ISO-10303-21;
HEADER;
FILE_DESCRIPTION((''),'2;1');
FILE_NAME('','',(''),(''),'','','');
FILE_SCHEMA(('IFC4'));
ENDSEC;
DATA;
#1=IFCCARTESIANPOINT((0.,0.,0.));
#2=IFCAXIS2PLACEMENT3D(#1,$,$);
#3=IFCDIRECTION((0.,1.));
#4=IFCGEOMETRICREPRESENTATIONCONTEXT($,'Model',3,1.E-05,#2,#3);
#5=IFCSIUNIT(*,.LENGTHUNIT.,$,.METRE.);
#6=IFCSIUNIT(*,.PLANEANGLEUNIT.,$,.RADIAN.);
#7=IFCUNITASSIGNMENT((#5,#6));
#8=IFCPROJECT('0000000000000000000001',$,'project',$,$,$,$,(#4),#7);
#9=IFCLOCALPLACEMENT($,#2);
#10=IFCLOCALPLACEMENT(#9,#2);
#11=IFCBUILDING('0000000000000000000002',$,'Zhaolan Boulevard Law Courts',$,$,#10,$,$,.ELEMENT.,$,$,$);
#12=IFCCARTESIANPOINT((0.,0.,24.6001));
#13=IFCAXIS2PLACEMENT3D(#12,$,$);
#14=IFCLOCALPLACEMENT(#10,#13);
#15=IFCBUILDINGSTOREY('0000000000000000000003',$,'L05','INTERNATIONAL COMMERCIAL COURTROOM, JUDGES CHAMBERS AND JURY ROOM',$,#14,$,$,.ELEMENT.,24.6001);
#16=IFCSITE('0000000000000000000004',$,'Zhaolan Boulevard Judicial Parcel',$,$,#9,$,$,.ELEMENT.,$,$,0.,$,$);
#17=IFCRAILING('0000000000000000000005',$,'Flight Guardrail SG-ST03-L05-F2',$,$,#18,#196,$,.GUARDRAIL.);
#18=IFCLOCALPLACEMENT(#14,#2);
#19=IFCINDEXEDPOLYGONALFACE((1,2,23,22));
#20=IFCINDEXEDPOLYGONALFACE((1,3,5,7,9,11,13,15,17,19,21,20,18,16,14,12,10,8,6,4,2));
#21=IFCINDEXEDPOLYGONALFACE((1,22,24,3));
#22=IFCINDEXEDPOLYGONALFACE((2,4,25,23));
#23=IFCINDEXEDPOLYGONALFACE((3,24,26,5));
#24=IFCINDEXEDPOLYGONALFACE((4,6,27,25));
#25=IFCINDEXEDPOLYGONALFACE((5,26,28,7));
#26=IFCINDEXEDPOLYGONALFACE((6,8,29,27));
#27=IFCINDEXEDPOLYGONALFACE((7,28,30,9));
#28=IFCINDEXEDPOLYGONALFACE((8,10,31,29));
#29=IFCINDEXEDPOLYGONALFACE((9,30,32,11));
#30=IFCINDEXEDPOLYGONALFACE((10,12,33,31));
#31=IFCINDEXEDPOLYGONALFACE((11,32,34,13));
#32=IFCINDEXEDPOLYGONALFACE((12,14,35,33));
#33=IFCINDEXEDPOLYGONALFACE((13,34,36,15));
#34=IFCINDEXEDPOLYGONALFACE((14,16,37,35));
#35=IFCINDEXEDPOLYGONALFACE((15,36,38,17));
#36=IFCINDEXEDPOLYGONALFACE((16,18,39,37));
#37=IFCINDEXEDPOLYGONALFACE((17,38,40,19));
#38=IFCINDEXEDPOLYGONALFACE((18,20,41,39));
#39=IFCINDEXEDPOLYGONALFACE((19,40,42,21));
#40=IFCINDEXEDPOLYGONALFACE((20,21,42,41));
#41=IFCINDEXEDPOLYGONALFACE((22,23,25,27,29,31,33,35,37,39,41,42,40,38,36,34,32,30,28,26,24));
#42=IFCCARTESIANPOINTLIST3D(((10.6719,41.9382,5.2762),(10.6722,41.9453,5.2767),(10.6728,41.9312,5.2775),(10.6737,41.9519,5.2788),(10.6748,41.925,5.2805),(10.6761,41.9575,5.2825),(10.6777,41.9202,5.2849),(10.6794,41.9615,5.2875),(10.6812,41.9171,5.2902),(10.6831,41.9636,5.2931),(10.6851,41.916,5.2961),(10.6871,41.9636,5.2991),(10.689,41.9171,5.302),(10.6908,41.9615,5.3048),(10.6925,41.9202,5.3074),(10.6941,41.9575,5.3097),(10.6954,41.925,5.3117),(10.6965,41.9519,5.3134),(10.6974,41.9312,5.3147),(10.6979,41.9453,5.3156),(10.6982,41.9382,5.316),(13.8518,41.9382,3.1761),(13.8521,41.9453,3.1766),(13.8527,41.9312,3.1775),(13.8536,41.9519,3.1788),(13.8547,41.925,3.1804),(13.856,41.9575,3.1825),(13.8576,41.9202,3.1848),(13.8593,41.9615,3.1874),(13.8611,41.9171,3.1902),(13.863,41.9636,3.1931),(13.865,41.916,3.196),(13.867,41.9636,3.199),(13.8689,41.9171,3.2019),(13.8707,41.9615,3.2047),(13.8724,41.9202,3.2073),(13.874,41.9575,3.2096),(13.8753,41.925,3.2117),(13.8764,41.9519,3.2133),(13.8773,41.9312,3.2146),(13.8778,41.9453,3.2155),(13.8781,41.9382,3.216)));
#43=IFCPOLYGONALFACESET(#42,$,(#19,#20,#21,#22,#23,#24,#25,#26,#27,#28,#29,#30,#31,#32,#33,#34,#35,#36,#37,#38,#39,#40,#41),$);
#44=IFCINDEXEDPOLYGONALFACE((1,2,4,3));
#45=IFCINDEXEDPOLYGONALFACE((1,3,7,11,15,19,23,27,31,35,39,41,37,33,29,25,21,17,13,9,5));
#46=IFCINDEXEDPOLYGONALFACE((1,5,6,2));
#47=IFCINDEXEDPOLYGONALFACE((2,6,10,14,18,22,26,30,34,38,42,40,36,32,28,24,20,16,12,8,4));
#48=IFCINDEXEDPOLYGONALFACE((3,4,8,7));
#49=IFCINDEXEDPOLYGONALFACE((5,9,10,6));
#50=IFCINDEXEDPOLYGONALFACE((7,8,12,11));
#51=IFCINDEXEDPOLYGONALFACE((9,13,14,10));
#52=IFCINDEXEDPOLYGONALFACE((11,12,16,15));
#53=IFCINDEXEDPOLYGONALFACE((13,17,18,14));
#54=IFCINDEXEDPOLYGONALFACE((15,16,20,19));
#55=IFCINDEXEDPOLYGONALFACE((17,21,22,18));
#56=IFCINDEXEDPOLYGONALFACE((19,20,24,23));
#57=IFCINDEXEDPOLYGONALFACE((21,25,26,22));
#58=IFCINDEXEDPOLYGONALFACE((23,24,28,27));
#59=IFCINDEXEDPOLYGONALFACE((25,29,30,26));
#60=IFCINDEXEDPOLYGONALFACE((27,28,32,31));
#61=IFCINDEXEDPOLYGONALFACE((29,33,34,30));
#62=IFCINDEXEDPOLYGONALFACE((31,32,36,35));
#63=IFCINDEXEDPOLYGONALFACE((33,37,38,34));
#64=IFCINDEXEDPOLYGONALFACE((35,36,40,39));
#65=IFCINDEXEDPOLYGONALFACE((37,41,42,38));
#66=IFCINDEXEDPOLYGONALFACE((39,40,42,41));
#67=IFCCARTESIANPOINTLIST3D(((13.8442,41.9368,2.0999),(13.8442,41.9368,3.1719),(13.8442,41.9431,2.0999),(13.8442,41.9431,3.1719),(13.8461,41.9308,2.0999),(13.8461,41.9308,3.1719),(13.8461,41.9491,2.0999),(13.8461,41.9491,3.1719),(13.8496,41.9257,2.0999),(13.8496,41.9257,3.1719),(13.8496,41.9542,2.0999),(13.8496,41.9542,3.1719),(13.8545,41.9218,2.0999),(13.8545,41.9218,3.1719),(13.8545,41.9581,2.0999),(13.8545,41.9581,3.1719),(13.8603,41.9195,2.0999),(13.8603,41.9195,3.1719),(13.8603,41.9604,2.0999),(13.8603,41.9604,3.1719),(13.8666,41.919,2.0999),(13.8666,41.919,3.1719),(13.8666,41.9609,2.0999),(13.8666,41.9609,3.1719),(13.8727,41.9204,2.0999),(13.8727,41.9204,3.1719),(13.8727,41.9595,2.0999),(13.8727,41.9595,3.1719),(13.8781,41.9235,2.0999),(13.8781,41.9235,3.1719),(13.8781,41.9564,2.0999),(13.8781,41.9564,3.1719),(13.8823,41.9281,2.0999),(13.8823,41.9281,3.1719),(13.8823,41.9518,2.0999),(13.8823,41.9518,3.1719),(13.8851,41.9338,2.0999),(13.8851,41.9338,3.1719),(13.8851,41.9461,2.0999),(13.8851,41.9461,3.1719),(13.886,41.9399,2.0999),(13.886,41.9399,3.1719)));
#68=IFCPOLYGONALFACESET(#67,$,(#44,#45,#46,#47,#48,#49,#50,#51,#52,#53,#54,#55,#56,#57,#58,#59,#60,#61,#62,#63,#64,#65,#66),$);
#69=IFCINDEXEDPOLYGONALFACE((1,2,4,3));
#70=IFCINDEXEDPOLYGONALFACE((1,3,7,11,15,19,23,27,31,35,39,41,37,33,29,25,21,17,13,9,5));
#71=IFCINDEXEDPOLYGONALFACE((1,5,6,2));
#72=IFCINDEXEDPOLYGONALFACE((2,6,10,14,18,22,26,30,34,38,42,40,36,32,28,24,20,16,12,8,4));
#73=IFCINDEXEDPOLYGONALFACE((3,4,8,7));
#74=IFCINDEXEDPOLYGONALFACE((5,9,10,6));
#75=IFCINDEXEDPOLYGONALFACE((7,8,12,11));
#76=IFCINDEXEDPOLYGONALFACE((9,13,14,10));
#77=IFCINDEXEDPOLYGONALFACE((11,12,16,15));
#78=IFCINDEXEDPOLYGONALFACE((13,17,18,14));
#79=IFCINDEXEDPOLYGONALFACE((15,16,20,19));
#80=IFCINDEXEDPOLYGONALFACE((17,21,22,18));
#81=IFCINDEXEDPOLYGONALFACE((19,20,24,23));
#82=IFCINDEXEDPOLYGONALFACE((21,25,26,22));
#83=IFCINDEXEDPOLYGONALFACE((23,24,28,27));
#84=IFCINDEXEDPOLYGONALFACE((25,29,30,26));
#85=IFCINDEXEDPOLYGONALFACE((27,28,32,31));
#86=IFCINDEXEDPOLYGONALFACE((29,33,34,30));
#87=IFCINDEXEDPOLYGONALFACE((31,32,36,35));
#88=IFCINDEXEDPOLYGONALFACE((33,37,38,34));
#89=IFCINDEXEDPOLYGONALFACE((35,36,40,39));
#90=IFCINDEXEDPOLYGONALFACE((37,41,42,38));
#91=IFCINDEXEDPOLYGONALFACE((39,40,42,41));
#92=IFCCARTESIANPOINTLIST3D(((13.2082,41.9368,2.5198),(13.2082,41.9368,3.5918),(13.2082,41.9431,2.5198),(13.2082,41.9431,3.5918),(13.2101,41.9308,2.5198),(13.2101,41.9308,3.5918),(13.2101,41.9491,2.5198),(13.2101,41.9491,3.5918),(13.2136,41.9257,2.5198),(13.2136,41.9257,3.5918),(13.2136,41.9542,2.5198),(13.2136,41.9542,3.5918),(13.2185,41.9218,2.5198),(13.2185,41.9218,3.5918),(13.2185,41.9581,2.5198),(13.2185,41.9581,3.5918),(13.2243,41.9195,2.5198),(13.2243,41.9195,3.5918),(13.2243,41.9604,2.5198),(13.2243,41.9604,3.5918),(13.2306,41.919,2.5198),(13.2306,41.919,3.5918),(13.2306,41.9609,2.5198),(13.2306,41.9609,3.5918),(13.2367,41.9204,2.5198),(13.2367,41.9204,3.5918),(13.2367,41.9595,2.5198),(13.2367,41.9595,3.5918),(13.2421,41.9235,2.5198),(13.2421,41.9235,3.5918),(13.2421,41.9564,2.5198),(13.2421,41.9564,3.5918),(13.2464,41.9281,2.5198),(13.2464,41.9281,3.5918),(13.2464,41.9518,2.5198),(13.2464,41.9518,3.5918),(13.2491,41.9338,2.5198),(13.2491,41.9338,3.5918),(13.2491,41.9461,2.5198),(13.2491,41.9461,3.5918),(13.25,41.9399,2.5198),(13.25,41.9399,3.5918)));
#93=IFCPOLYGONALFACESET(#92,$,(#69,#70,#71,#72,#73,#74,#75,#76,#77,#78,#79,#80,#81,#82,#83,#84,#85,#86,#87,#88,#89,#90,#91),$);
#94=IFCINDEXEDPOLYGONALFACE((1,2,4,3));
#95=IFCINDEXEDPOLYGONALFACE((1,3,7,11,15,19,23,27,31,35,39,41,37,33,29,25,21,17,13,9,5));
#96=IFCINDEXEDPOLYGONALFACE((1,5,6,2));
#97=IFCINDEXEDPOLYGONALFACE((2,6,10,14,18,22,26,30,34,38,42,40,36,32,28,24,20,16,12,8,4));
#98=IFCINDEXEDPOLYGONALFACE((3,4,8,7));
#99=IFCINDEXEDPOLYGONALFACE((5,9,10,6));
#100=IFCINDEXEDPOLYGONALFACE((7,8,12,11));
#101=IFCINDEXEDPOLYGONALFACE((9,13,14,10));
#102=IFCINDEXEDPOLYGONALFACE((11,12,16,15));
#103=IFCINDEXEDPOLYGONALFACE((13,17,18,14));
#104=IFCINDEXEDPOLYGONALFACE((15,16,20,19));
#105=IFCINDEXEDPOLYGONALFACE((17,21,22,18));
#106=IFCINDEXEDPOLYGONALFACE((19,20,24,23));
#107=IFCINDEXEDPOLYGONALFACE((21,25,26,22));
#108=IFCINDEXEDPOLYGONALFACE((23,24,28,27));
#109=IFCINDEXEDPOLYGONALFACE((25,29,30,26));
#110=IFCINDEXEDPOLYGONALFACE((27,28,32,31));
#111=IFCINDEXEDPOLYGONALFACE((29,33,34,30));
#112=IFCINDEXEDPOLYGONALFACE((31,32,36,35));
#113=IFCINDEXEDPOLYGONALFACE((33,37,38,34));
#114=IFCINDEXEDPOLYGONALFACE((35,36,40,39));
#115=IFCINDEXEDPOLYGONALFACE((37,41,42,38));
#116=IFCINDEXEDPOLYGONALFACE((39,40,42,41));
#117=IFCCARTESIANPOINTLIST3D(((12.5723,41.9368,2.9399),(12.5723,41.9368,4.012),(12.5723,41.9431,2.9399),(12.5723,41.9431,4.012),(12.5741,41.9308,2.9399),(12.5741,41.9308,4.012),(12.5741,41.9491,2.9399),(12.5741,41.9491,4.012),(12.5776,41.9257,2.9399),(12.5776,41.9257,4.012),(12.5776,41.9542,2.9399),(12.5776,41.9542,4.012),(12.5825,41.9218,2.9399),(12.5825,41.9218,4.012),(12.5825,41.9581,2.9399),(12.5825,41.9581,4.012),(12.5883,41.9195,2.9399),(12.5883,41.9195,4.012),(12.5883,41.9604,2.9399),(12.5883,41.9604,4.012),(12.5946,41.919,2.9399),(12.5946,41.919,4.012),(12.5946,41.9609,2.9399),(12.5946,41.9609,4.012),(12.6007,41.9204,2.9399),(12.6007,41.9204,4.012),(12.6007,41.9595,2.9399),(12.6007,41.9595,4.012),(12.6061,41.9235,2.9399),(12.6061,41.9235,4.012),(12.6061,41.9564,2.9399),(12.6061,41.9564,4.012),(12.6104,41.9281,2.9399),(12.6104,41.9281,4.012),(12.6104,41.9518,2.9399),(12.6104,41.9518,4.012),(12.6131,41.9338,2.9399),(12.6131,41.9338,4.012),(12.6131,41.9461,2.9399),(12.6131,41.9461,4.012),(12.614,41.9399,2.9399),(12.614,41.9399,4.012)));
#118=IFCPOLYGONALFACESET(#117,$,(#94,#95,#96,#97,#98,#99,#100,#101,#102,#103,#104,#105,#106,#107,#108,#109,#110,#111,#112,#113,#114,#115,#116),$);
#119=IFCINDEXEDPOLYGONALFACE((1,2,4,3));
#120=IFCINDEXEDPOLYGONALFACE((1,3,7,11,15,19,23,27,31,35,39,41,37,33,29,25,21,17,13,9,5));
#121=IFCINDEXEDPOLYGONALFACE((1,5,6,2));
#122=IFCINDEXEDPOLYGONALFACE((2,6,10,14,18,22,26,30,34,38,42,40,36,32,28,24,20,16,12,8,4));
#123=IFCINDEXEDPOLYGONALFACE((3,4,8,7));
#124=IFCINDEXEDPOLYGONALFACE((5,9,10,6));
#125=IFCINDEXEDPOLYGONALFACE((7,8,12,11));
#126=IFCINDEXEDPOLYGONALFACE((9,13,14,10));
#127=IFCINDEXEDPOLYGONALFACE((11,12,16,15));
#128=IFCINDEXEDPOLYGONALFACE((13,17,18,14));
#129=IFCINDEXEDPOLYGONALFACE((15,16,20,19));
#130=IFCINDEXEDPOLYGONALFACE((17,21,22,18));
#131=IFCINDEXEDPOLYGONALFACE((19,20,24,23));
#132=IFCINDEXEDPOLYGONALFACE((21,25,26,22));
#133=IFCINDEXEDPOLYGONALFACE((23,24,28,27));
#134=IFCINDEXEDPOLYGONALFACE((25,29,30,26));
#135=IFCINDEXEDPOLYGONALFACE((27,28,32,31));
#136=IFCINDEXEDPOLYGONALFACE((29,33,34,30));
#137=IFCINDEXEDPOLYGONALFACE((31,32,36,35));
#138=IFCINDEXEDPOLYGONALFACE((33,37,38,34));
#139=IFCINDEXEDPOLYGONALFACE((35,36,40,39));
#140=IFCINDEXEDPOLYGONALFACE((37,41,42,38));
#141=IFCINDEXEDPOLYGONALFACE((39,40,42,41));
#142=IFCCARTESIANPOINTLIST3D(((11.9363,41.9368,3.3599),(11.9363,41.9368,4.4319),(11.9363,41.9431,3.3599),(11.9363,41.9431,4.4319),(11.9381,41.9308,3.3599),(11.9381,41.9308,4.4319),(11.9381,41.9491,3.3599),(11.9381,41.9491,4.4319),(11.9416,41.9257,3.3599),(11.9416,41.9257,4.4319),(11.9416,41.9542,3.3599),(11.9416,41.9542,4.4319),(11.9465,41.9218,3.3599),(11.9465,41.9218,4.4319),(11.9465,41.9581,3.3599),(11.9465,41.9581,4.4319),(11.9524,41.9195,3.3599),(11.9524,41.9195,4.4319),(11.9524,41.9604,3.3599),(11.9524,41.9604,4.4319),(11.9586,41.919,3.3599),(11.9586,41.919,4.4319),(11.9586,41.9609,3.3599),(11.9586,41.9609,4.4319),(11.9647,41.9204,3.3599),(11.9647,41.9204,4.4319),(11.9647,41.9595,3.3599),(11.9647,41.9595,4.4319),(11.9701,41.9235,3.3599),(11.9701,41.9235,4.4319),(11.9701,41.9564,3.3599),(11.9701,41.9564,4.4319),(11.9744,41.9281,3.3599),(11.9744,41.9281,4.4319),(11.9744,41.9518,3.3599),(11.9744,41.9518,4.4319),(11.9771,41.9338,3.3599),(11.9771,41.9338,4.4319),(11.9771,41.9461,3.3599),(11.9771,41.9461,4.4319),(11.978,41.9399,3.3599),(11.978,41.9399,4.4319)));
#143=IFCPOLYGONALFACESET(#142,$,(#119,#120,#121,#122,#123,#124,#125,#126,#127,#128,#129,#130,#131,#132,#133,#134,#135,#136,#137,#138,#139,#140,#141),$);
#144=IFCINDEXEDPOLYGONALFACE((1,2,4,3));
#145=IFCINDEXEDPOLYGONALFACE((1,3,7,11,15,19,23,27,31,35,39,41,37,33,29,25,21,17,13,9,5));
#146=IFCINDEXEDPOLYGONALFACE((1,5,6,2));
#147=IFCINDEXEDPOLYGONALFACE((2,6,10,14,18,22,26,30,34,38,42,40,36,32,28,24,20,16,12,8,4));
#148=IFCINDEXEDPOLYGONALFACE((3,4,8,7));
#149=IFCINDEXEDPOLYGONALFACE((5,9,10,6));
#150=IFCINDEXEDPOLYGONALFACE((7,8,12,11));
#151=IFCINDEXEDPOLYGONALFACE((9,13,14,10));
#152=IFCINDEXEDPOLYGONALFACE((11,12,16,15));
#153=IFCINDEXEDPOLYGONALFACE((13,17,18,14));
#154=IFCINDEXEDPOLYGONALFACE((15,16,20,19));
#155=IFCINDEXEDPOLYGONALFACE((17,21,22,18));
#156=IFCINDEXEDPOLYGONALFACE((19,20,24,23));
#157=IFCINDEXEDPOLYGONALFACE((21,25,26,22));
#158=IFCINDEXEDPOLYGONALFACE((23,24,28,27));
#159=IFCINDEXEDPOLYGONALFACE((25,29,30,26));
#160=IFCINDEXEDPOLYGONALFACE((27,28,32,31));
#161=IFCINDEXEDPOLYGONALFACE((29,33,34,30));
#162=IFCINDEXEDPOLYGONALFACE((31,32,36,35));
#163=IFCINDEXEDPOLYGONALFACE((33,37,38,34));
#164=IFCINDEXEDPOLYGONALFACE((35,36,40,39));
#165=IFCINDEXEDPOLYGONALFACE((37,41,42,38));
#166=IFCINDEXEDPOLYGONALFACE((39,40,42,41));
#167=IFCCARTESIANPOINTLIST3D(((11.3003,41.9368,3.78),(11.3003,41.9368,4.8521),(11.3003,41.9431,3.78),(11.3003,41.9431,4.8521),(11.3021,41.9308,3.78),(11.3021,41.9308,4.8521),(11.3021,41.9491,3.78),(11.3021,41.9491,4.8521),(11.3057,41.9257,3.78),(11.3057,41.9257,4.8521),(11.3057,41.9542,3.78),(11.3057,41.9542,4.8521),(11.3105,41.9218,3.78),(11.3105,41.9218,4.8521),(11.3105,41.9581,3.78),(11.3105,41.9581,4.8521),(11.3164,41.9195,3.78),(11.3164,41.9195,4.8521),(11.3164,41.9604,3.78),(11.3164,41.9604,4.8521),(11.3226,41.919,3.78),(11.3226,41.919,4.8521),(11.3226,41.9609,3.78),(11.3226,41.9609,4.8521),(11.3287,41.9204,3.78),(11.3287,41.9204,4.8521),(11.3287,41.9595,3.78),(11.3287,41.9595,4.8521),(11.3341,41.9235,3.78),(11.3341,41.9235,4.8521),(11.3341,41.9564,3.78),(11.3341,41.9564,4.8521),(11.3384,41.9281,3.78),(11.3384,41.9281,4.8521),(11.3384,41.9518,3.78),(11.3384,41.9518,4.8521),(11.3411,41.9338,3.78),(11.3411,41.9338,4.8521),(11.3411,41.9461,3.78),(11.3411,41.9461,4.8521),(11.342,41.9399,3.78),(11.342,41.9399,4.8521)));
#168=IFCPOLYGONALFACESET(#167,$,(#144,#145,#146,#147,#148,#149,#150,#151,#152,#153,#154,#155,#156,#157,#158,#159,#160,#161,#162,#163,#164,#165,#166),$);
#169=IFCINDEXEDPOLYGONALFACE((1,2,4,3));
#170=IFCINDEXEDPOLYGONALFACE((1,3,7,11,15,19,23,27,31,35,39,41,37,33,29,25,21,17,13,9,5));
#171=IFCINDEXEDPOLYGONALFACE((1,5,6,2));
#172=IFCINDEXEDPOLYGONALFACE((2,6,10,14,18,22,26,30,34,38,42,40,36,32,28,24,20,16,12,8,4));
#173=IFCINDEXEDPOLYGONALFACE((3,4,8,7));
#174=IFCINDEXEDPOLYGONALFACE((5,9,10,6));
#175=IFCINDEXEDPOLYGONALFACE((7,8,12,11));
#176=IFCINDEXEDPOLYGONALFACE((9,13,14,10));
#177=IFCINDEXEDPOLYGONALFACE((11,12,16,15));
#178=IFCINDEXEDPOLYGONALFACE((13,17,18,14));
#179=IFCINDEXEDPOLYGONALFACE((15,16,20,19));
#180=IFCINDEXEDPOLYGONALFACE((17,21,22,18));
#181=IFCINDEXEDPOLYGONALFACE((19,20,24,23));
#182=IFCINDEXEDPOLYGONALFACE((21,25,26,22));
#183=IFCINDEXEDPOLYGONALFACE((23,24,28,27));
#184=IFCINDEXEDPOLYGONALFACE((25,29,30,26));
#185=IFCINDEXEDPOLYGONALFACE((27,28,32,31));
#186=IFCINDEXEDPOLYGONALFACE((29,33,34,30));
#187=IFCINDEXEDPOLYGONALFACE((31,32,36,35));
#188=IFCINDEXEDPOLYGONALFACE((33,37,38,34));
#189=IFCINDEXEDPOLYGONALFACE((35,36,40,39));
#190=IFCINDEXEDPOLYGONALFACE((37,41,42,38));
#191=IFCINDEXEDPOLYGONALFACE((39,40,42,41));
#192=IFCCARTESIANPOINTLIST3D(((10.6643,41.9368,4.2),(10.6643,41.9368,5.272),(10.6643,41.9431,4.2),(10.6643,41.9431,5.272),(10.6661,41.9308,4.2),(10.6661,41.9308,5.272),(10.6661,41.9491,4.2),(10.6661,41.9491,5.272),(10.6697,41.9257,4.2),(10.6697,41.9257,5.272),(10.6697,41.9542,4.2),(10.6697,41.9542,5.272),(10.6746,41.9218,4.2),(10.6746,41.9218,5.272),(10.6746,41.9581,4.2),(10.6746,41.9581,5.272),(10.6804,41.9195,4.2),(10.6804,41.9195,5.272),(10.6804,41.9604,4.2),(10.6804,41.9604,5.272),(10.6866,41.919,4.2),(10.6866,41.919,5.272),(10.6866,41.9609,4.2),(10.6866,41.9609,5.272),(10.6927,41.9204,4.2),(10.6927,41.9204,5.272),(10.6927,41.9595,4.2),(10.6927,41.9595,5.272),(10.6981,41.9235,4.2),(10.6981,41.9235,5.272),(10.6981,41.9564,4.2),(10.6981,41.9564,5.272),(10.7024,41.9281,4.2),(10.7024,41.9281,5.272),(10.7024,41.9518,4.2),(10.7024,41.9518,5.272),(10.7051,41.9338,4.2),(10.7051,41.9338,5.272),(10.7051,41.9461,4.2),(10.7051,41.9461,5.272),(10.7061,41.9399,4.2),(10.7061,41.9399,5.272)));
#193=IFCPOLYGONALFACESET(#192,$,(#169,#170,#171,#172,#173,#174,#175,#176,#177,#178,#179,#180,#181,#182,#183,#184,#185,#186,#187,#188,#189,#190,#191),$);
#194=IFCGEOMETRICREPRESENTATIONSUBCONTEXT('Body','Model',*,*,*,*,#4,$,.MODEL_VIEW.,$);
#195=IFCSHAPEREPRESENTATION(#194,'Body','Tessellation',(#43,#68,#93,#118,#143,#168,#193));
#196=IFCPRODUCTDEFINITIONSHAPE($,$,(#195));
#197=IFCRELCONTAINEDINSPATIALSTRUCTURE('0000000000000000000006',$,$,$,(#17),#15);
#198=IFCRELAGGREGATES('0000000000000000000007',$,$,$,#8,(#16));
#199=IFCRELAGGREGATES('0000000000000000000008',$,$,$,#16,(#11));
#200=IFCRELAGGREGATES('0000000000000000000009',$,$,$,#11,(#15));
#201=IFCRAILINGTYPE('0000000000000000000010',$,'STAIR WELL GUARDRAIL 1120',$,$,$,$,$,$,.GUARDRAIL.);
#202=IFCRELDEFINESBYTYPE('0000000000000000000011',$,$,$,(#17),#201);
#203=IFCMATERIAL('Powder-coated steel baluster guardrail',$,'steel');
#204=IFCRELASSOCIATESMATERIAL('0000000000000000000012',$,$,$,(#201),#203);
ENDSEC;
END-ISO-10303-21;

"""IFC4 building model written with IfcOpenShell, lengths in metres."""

from ifc_helpers import new_model, si_unit, direction, frame, origin, origin_2d, place, context, subcontext, project, spatial, circle, extrude, material, type_object, element, save


model = new_model("IFC4")

# Units and contexts
model_context = context("Model", 3, precision=1e-05, world=origin(), true_north=direction((0.0, 1.0)))
body_context = subcontext(model_context, "Body", "Model", "MODEL_VIEW")
ifc_project = project(units=[si_unit("LENGTHUNIT", "METRE"), si_unit("PLANEANGLEUNIT", "RADIAN")], contexts=[model_context])

# Site, building, storey
site_placement = place(None, origin())
site = spatial("IfcSite", under=ifc_project, at=site_placement, Name="Zhaolan Boulevard Judicial Parcel", CompositionType="ELEMENT", RefElevation=0.0)
building_placement = place(site_placement, origin())
building = spatial("IfcBuilding", under=site, at=building_placement, Name="Zhaolan Boulevard Law Courts", CompositionType="ELEMENT")
storey_placement = place(building_placement, frame((0.0, 0.0, 24.6001)))
storey = spatial("IfcBuildingStorey", under=building, at=storey_placement, Name="L05", Description="INTERNATIONAL COMMERCIAL COURTROOM, JUDGES CHAMBERS AND JURY ROOM", CompositionType="ELEMENT", Elevation=24.6001)

# Railing
ifc_material_1 = material(Name="Powder-coated steel baluster guardrail", Category="steel")
railing_type_1 = type_object("IfcRailingType", Name="STAIR WELL GUARDRAIL 1120", PredefinedType="GUARDRAIL", material=ifc_material_1)
railing_1_placement = place(storey_placement, frame((13.865, 41.9399, 2.0999)))
element("IfcRailing", 1, at=railing_1_placement, inside=storey, type_object=railing_type_1, Name="Flight Guardrail SG-ST03-L05-F2", PredefinedType="GUARDRAIL", context=body_context, shape_type="SweptSolid", body=[
    extrude(circle(Radius=0.0239, at=origin_2d()), frame((0.0, 0.0, 1.0962), z_axis=(-0.834447, 0.0, 0.551088), x_axis=(0.0, -1.0, 0.0)), (0.0, 0.0, 1.0), 3.8108),
    extrude(circle(Radius=0.021, at=origin_2d()), origin(), (0.0, 0.0, 1.0), 1.072),
    extrude(circle(Radius=0.021, at=origin_2d()), frame((-0.636, 0.0, 0.4199)), (0.0, 0.0, 1.0), 1.072),
    extrude(circle(Radius=0.021, at=origin_2d()), frame((-1.272, 0.0, 0.8401)), (0.0, 0.0, 1.0), 1.072),
    extrude(circle(Radius=0.021, at=origin_2d()), frame((-1.908, 0.0, 1.26)), (0.0, 0.0, 1.0), 1.072),
    extrude(circle(Radius=0.021, at=origin_2d()), frame((-2.5439, 0.0, 1.6802)), (0.0, 0.0, 1.0), 1.072),
    extrude(circle(Radius=0.021, at=origin_2d()), frame((-3.1799, 0.0, 2.1001)), (0.0, 0.0, 1.0), 1.072),
])

save(model, "model.ifc")
